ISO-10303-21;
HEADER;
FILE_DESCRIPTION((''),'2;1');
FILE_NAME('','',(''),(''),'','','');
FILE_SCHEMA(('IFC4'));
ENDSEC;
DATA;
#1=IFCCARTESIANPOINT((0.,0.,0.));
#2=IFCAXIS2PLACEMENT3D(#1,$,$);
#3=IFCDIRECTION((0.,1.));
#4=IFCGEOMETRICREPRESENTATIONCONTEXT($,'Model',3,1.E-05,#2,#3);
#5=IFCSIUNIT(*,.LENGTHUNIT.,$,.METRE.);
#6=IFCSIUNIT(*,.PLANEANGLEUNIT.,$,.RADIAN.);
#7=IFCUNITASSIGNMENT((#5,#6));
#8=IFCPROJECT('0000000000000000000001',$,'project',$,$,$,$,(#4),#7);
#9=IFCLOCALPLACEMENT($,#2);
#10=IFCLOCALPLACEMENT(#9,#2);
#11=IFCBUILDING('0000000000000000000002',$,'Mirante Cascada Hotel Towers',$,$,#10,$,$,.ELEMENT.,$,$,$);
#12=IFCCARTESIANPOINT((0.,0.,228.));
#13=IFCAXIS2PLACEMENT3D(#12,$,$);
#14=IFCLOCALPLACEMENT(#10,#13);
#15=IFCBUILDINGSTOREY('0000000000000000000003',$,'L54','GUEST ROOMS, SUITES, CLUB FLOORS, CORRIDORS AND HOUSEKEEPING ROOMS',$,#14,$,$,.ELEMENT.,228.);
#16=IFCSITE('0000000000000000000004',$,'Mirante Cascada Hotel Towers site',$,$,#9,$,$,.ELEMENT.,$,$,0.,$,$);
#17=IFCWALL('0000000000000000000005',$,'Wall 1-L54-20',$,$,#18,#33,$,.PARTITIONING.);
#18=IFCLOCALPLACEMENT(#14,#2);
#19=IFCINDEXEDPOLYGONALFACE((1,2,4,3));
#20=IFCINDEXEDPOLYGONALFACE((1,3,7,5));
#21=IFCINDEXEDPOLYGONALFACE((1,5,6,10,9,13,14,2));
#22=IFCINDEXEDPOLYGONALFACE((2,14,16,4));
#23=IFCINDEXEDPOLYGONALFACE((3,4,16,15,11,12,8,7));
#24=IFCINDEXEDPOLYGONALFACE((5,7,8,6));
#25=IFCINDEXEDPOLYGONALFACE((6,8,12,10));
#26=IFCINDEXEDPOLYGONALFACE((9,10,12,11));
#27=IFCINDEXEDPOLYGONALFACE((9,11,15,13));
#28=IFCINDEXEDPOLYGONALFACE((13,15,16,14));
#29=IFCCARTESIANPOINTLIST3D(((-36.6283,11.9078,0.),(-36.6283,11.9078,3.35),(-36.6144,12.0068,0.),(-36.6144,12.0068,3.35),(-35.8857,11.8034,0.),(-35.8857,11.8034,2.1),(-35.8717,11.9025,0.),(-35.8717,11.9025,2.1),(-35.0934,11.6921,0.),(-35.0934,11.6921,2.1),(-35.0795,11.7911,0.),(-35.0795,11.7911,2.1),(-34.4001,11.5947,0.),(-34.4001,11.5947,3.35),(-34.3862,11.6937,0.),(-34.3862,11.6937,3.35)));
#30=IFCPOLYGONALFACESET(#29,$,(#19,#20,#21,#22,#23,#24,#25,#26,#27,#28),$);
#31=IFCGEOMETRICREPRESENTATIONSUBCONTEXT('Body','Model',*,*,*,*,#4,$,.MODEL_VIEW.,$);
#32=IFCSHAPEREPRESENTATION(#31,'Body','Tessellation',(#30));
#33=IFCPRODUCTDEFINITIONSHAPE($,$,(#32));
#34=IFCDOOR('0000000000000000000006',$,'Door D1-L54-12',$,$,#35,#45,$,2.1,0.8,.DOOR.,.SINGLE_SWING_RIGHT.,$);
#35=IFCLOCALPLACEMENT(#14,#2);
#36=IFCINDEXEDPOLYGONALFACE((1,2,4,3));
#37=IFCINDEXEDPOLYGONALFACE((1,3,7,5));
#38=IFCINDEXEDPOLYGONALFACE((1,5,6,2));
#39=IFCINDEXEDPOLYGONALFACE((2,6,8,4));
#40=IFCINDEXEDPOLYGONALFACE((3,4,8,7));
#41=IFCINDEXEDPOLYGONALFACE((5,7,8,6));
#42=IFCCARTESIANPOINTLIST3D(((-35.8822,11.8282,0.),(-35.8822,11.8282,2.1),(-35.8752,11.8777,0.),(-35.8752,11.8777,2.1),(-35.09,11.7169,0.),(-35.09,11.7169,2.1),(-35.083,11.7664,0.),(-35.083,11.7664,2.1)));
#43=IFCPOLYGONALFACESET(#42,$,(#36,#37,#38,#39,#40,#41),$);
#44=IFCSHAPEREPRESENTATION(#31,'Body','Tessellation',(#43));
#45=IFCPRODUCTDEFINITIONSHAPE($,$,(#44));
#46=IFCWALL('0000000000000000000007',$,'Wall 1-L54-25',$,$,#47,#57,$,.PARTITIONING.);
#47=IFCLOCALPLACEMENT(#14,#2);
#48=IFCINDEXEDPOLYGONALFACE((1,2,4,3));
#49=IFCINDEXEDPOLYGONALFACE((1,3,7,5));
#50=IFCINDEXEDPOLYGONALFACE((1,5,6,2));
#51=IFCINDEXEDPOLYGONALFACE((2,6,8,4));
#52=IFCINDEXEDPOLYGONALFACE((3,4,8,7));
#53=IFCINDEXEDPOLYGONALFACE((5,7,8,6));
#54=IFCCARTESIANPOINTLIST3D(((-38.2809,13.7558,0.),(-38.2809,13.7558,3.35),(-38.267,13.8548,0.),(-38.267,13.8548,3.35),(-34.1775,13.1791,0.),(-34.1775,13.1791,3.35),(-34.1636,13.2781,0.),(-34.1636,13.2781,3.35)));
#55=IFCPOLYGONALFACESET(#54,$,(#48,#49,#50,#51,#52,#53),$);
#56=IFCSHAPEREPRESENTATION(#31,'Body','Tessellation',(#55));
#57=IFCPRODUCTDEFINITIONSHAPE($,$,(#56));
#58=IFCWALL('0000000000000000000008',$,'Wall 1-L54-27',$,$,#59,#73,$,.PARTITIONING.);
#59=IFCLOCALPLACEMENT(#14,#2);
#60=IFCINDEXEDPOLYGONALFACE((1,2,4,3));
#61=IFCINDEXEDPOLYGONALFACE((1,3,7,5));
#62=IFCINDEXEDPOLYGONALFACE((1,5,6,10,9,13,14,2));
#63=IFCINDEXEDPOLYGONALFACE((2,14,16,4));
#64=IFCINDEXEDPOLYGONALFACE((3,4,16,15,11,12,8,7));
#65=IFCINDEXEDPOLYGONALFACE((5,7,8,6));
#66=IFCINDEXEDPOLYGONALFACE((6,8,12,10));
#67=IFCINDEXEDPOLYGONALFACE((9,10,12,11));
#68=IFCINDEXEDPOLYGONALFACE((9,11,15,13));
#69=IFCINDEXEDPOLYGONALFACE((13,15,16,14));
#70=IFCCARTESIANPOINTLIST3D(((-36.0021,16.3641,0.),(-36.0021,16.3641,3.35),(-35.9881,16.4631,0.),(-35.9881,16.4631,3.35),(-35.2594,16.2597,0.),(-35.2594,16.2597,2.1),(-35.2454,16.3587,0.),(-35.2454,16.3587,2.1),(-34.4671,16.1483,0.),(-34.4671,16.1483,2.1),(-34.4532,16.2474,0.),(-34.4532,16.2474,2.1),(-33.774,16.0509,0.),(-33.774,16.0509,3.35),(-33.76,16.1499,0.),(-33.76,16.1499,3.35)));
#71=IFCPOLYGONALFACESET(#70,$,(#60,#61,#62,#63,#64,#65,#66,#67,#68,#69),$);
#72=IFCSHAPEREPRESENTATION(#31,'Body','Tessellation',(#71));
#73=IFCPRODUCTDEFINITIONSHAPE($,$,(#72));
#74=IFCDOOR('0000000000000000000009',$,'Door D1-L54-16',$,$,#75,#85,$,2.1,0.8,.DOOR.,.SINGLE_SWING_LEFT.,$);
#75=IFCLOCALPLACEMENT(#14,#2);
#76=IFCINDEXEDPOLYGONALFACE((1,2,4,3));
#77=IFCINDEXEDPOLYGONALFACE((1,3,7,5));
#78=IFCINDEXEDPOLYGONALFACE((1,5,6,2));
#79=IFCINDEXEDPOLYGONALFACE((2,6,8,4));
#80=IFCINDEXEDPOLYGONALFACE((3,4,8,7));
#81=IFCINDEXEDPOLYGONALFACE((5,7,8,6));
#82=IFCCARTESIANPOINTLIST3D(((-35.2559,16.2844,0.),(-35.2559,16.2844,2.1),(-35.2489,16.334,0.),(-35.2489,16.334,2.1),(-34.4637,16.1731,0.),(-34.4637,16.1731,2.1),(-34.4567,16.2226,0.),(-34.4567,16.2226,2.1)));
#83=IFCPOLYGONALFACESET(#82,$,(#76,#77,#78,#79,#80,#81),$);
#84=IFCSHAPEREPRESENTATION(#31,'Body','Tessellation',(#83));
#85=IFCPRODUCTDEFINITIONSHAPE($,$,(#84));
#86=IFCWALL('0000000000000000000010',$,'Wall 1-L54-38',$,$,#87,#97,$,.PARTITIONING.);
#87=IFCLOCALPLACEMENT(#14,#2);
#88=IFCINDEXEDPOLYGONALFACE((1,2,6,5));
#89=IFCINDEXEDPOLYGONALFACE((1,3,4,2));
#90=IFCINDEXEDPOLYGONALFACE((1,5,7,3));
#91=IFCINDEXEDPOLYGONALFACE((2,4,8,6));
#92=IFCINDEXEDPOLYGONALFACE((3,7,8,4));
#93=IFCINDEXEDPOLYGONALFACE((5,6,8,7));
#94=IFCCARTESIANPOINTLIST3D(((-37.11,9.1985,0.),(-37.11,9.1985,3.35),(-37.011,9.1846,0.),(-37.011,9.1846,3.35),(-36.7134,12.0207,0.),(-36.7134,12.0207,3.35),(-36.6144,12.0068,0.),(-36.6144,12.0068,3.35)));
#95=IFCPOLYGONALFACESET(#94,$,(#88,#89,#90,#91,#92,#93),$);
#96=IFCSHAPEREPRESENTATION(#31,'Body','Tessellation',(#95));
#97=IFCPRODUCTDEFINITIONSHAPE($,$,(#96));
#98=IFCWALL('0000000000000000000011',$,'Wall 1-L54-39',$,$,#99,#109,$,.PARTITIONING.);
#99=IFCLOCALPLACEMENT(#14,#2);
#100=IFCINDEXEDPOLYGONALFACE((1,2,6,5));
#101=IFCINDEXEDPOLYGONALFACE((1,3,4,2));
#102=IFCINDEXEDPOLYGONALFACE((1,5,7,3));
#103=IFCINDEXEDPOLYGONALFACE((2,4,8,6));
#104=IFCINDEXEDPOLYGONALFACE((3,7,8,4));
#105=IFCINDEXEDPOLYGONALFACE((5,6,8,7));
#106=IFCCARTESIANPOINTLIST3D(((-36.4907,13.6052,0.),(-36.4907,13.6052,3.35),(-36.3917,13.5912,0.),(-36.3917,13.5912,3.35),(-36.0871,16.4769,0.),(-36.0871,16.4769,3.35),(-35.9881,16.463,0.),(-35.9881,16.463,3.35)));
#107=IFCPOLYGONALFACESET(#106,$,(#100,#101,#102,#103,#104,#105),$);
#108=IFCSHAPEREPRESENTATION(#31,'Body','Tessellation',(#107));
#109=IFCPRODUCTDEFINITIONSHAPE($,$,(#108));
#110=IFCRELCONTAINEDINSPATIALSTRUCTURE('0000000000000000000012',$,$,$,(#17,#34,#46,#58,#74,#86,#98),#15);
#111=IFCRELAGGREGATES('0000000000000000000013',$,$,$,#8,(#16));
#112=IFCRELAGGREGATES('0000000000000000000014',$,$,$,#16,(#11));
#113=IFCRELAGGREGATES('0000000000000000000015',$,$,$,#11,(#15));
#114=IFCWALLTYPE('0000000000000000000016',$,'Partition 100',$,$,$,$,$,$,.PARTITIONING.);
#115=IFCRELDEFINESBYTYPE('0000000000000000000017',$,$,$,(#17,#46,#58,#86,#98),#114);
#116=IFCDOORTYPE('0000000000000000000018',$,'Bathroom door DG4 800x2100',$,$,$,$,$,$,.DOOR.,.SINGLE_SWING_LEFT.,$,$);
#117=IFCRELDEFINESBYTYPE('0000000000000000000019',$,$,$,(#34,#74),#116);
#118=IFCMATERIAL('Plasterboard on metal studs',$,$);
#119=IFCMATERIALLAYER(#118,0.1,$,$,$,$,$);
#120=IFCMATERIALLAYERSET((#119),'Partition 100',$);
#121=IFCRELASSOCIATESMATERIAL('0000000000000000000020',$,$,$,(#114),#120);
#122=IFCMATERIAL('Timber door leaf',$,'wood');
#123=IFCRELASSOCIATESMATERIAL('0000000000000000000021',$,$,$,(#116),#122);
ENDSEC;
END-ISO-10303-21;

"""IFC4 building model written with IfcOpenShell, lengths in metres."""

from ifc_helpers import new_model, si_unit, direction, frame, frame_2d, origin, place, context, subcontext, project, spatial, rectangle, extrude, material, layer, layer_set, type_object, element, fill, save


model = new_model("IFC4")

# Units and contexts
model_context = context("Model", 3, precision=1e-05, world=origin(), true_north=direction((0.0, 1.0)))
body_context = subcontext(model_context, "Body", "Model", "MODEL_VIEW")
ifc_project = project(units=[si_unit("LENGTHUNIT", "METRE"), si_unit("PLANEANGLEUNIT", "RADIAN")], contexts=[model_context])

# Site, building, storey
site_placement = place(None, origin())
site = spatial("IfcSite", under=ifc_project, at=site_placement, Name="Mirante Cascada Hotel Towers site", CompositionType="ELEMENT", RefElevation=0.0)
building_placement = place(site_placement, origin())
building = spatial("IfcBuilding", under=site, at=building_placement, Name="Mirante Cascada Hotel Towers", CompositionType="ELEMENT")
storey_placement = place(building_placement, frame((0.0, 0.0, 228.0)))
storey = spatial("IfcBuildingStorey", under=building, at=storey_placement, Name="L54", Description="GUEST ROOMS, SUITES, CLUB FLOORS, CORRIDORS AND HOUSEKEEPING ROOMS", CompositionType="ELEMENT", Elevation=228.0)

# Shared definitions
ifc_material_1 = material(Name="Plasterboard on metal studs")
ifc_layer_1 = layer(ifc_material_1, 0.1)
ifc_layer_set_1 = layer_set([ifc_layer_1], Name="Partition 100")
wall_type_1 = type_object("IfcWallType", Name="Partition 100", PredefinedType="PARTITIONING", material=ifc_layer_set_1)

# Wall, opening, door
wall_1_placement = place(storey_placement, frame((-36.6214, 11.9573, 0.0), z_axis=(0.0, 0.0, 1.0), x_axis=(0.990271, -0.13915, 0.0)))
wall_1 = element("IfcWall", 1, at=wall_1_placement, inside=storey, type_object=wall_type_1, Name="Wall 1-L54-20", PredefinedType="PARTITIONING", context=body_context, shape_type="SweptSolid", body=[
    extrude(rectangle(XDim=2.2501, YDim=0.1, at=frame_2d((1.1251, 0.0))), origin(), (0.0, 0.0, 1.0), 3.35),
])
opening_1_placement = place(wall_1_placement, frame((0.75, 0.0, 0.0)))
opening_1 = element("IfcOpeningElement", 2, at=opening_1_placement, cuts=wall_1, PredefinedType="OPENING", context=body_context, shape_type="SweptSolid", body=[
    extrude(rectangle(XDim=0.8, YDim=2.1, at=frame_2d((0.4, 1.05))), frame((0.0, 0.05, 0.0), z_axis=(0.0, -1.0, 0.0), x_axis=(1.0, 0.0, 0.0)), (0.0, 0.0, 1.0), 0.1),
])
ifc_material_2 = material(Name="Timber door leaf", Category="wood")
door_type_1 = type_object("IfcDoorType", Name="Bathroom door DG4 800x2100", OperationType="SINGLE_SWING_LEFT", PredefinedType="DOOR", material=ifc_material_2)
door_1_placement = place(opening_1_placement, frame((0.8, 0.0, 0.0), z_axis=(0.0, 0.0, 1.0), x_axis=(-1.0, 0.0, 0.0)))
door_1 = element("IfcDoor", 3, at=door_1_placement, inside=storey, type_object=door_type_1, Name="Door D1-L54-12", OperationType="SINGLE_SWING_RIGHT", OverallHeight=2.1, OverallWidth=0.8, PredefinedType="DOOR", context=body_context, shape_type="SweptSolid", body=[
    extrude(rectangle(XDim=0.8, YDim=2.1, at=frame_2d((0.4, 1.05))), frame((0.0, 0.025, 0.0), z_axis=(0.0, -1.0, 0.0), x_axis=(1.0, 0.0, 0.0)), (0.0, 0.0, 1.0), 0.05),
])
fill(opening_1, door_1)

# Wall
wall_2_placement = place(storey_placement, frame((-34.1706, 13.2286, 0.0), z_axis=(0.0, 0.0, 1.0), x_axis=(-0.990268, 0.139174, 0.0)))
element("IfcWall", 4, at=wall_2_placement, inside=storey, type_object=wall_type_1, Name="Wall 1-L54-25", PredefinedType="PARTITIONING", context=body_context, shape_type="SweptSolid", body=[
    extrude(rectangle(XDim=4.1437, YDim=0.1, at=frame_2d((2.0718, 0.0))), origin(), (0.0, 0.0, 1.0), 3.35),
])

# Wall, opening, door
wall_3_placement = place(storey_placement, frame((-33.767, 16.1004, 0.0), z_axis=(0.0, 0.0, 1.0), x_axis=(-0.990264, 0.1392, 0.0)))
wall_3 = element("IfcWall", 5, at=wall_3_placement, inside=storey, type_object=wall_type_1, Name="Wall 1-L54-27", PredefinedType="PARTITIONING", context=body_context, shape_type="SweptSolid", body=[
    extrude(rectangle(XDim=2.25, YDim=0.1, at=frame_2d((1.125, 0.0))), origin(), (0.0, 0.0, 1.0), 3.35),
])
opening_2_placement = place(wall_3_placement, frame((0.7, 0.0, 0.0)))
opening_2 = element("IfcOpeningElement", 6, at=opening_2_placement, cuts=wall_3, PredefinedType="OPENING", context=body_context, shape_type="SweptSolid", body=[
    extrude(rectangle(XDim=0.8, YDim=2.1, at=frame_2d((0.4, 1.05))), frame((0.0, 0.05, 0.0), z_axis=(0.0, -1.0, 0.0), x_axis=(1.0, 0.0, 0.0)), (0.0, 0.0, 1.0), 0.1),
])
door_2_placement = place(opening_2_placement, origin())
door_2 = element("IfcDoor", 7, at=door_2_placement, inside=storey, type_object=door_type_1, Name="Door D1-L54-16", OperationType="SINGLE_SWING_LEFT", OverallHeight=2.1, OverallWidth=0.8, PredefinedType="DOOR", context=body_context, shape_type="SweptSolid", body=[
    extrude(rectangle(XDim=0.8, YDim=2.1, at=frame_2d((0.4, 1.05))), frame((0.0, 0.025, 0.0), z_axis=(0.0, -1.0, 0.0), x_axis=(1.0, 0.0, 0.0)), (0.0, 0.0, 1.0), 0.05),
])
fill(opening_2, door_2)

# Walls
wall_4_placement = place(storey_placement, frame((-36.6639, 12.0138, 0.0), z_axis=(0.0, 0.0, 1.0), x_axis=(-0.139161, -0.99027, 0.0)))
element("IfcWall", 8, at=wall_4_placement, inside=storey, type_object=wall_type_1, Name="Wall 1-L54-38", PredefinedType="PARTITIONING", context=body_context, shape_type="SweptSolid", body=[
    extrude(rectangle(XDim=2.8499, YDim=0.1, at=frame_2d((1.425, 0.0))), origin(), (0.0, 0.0, 1.0), 3.35),
])
wall_5_placement = place(storey_placement, frame((-36.4412, 13.5982, 0.0), z_axis=(0.0, 0.0, 1.0), x_axis=(0.139171, 0.990268, 0.0)))
element("IfcWall", 9, at=wall_5_placement, inside=storey, type_object=wall_type_1, Name="Wall 1-L54-39", PredefinedType="PARTITIONING", context=body_context, shape_type="SweptSolid", body=[
    extrude(rectangle(XDim=2.9, YDim=0.1, at=frame_2d((1.45, 0.0))), origin(), (0.0, 0.0, 1.0), 3.35),
])

save(model, "model.ifc")
